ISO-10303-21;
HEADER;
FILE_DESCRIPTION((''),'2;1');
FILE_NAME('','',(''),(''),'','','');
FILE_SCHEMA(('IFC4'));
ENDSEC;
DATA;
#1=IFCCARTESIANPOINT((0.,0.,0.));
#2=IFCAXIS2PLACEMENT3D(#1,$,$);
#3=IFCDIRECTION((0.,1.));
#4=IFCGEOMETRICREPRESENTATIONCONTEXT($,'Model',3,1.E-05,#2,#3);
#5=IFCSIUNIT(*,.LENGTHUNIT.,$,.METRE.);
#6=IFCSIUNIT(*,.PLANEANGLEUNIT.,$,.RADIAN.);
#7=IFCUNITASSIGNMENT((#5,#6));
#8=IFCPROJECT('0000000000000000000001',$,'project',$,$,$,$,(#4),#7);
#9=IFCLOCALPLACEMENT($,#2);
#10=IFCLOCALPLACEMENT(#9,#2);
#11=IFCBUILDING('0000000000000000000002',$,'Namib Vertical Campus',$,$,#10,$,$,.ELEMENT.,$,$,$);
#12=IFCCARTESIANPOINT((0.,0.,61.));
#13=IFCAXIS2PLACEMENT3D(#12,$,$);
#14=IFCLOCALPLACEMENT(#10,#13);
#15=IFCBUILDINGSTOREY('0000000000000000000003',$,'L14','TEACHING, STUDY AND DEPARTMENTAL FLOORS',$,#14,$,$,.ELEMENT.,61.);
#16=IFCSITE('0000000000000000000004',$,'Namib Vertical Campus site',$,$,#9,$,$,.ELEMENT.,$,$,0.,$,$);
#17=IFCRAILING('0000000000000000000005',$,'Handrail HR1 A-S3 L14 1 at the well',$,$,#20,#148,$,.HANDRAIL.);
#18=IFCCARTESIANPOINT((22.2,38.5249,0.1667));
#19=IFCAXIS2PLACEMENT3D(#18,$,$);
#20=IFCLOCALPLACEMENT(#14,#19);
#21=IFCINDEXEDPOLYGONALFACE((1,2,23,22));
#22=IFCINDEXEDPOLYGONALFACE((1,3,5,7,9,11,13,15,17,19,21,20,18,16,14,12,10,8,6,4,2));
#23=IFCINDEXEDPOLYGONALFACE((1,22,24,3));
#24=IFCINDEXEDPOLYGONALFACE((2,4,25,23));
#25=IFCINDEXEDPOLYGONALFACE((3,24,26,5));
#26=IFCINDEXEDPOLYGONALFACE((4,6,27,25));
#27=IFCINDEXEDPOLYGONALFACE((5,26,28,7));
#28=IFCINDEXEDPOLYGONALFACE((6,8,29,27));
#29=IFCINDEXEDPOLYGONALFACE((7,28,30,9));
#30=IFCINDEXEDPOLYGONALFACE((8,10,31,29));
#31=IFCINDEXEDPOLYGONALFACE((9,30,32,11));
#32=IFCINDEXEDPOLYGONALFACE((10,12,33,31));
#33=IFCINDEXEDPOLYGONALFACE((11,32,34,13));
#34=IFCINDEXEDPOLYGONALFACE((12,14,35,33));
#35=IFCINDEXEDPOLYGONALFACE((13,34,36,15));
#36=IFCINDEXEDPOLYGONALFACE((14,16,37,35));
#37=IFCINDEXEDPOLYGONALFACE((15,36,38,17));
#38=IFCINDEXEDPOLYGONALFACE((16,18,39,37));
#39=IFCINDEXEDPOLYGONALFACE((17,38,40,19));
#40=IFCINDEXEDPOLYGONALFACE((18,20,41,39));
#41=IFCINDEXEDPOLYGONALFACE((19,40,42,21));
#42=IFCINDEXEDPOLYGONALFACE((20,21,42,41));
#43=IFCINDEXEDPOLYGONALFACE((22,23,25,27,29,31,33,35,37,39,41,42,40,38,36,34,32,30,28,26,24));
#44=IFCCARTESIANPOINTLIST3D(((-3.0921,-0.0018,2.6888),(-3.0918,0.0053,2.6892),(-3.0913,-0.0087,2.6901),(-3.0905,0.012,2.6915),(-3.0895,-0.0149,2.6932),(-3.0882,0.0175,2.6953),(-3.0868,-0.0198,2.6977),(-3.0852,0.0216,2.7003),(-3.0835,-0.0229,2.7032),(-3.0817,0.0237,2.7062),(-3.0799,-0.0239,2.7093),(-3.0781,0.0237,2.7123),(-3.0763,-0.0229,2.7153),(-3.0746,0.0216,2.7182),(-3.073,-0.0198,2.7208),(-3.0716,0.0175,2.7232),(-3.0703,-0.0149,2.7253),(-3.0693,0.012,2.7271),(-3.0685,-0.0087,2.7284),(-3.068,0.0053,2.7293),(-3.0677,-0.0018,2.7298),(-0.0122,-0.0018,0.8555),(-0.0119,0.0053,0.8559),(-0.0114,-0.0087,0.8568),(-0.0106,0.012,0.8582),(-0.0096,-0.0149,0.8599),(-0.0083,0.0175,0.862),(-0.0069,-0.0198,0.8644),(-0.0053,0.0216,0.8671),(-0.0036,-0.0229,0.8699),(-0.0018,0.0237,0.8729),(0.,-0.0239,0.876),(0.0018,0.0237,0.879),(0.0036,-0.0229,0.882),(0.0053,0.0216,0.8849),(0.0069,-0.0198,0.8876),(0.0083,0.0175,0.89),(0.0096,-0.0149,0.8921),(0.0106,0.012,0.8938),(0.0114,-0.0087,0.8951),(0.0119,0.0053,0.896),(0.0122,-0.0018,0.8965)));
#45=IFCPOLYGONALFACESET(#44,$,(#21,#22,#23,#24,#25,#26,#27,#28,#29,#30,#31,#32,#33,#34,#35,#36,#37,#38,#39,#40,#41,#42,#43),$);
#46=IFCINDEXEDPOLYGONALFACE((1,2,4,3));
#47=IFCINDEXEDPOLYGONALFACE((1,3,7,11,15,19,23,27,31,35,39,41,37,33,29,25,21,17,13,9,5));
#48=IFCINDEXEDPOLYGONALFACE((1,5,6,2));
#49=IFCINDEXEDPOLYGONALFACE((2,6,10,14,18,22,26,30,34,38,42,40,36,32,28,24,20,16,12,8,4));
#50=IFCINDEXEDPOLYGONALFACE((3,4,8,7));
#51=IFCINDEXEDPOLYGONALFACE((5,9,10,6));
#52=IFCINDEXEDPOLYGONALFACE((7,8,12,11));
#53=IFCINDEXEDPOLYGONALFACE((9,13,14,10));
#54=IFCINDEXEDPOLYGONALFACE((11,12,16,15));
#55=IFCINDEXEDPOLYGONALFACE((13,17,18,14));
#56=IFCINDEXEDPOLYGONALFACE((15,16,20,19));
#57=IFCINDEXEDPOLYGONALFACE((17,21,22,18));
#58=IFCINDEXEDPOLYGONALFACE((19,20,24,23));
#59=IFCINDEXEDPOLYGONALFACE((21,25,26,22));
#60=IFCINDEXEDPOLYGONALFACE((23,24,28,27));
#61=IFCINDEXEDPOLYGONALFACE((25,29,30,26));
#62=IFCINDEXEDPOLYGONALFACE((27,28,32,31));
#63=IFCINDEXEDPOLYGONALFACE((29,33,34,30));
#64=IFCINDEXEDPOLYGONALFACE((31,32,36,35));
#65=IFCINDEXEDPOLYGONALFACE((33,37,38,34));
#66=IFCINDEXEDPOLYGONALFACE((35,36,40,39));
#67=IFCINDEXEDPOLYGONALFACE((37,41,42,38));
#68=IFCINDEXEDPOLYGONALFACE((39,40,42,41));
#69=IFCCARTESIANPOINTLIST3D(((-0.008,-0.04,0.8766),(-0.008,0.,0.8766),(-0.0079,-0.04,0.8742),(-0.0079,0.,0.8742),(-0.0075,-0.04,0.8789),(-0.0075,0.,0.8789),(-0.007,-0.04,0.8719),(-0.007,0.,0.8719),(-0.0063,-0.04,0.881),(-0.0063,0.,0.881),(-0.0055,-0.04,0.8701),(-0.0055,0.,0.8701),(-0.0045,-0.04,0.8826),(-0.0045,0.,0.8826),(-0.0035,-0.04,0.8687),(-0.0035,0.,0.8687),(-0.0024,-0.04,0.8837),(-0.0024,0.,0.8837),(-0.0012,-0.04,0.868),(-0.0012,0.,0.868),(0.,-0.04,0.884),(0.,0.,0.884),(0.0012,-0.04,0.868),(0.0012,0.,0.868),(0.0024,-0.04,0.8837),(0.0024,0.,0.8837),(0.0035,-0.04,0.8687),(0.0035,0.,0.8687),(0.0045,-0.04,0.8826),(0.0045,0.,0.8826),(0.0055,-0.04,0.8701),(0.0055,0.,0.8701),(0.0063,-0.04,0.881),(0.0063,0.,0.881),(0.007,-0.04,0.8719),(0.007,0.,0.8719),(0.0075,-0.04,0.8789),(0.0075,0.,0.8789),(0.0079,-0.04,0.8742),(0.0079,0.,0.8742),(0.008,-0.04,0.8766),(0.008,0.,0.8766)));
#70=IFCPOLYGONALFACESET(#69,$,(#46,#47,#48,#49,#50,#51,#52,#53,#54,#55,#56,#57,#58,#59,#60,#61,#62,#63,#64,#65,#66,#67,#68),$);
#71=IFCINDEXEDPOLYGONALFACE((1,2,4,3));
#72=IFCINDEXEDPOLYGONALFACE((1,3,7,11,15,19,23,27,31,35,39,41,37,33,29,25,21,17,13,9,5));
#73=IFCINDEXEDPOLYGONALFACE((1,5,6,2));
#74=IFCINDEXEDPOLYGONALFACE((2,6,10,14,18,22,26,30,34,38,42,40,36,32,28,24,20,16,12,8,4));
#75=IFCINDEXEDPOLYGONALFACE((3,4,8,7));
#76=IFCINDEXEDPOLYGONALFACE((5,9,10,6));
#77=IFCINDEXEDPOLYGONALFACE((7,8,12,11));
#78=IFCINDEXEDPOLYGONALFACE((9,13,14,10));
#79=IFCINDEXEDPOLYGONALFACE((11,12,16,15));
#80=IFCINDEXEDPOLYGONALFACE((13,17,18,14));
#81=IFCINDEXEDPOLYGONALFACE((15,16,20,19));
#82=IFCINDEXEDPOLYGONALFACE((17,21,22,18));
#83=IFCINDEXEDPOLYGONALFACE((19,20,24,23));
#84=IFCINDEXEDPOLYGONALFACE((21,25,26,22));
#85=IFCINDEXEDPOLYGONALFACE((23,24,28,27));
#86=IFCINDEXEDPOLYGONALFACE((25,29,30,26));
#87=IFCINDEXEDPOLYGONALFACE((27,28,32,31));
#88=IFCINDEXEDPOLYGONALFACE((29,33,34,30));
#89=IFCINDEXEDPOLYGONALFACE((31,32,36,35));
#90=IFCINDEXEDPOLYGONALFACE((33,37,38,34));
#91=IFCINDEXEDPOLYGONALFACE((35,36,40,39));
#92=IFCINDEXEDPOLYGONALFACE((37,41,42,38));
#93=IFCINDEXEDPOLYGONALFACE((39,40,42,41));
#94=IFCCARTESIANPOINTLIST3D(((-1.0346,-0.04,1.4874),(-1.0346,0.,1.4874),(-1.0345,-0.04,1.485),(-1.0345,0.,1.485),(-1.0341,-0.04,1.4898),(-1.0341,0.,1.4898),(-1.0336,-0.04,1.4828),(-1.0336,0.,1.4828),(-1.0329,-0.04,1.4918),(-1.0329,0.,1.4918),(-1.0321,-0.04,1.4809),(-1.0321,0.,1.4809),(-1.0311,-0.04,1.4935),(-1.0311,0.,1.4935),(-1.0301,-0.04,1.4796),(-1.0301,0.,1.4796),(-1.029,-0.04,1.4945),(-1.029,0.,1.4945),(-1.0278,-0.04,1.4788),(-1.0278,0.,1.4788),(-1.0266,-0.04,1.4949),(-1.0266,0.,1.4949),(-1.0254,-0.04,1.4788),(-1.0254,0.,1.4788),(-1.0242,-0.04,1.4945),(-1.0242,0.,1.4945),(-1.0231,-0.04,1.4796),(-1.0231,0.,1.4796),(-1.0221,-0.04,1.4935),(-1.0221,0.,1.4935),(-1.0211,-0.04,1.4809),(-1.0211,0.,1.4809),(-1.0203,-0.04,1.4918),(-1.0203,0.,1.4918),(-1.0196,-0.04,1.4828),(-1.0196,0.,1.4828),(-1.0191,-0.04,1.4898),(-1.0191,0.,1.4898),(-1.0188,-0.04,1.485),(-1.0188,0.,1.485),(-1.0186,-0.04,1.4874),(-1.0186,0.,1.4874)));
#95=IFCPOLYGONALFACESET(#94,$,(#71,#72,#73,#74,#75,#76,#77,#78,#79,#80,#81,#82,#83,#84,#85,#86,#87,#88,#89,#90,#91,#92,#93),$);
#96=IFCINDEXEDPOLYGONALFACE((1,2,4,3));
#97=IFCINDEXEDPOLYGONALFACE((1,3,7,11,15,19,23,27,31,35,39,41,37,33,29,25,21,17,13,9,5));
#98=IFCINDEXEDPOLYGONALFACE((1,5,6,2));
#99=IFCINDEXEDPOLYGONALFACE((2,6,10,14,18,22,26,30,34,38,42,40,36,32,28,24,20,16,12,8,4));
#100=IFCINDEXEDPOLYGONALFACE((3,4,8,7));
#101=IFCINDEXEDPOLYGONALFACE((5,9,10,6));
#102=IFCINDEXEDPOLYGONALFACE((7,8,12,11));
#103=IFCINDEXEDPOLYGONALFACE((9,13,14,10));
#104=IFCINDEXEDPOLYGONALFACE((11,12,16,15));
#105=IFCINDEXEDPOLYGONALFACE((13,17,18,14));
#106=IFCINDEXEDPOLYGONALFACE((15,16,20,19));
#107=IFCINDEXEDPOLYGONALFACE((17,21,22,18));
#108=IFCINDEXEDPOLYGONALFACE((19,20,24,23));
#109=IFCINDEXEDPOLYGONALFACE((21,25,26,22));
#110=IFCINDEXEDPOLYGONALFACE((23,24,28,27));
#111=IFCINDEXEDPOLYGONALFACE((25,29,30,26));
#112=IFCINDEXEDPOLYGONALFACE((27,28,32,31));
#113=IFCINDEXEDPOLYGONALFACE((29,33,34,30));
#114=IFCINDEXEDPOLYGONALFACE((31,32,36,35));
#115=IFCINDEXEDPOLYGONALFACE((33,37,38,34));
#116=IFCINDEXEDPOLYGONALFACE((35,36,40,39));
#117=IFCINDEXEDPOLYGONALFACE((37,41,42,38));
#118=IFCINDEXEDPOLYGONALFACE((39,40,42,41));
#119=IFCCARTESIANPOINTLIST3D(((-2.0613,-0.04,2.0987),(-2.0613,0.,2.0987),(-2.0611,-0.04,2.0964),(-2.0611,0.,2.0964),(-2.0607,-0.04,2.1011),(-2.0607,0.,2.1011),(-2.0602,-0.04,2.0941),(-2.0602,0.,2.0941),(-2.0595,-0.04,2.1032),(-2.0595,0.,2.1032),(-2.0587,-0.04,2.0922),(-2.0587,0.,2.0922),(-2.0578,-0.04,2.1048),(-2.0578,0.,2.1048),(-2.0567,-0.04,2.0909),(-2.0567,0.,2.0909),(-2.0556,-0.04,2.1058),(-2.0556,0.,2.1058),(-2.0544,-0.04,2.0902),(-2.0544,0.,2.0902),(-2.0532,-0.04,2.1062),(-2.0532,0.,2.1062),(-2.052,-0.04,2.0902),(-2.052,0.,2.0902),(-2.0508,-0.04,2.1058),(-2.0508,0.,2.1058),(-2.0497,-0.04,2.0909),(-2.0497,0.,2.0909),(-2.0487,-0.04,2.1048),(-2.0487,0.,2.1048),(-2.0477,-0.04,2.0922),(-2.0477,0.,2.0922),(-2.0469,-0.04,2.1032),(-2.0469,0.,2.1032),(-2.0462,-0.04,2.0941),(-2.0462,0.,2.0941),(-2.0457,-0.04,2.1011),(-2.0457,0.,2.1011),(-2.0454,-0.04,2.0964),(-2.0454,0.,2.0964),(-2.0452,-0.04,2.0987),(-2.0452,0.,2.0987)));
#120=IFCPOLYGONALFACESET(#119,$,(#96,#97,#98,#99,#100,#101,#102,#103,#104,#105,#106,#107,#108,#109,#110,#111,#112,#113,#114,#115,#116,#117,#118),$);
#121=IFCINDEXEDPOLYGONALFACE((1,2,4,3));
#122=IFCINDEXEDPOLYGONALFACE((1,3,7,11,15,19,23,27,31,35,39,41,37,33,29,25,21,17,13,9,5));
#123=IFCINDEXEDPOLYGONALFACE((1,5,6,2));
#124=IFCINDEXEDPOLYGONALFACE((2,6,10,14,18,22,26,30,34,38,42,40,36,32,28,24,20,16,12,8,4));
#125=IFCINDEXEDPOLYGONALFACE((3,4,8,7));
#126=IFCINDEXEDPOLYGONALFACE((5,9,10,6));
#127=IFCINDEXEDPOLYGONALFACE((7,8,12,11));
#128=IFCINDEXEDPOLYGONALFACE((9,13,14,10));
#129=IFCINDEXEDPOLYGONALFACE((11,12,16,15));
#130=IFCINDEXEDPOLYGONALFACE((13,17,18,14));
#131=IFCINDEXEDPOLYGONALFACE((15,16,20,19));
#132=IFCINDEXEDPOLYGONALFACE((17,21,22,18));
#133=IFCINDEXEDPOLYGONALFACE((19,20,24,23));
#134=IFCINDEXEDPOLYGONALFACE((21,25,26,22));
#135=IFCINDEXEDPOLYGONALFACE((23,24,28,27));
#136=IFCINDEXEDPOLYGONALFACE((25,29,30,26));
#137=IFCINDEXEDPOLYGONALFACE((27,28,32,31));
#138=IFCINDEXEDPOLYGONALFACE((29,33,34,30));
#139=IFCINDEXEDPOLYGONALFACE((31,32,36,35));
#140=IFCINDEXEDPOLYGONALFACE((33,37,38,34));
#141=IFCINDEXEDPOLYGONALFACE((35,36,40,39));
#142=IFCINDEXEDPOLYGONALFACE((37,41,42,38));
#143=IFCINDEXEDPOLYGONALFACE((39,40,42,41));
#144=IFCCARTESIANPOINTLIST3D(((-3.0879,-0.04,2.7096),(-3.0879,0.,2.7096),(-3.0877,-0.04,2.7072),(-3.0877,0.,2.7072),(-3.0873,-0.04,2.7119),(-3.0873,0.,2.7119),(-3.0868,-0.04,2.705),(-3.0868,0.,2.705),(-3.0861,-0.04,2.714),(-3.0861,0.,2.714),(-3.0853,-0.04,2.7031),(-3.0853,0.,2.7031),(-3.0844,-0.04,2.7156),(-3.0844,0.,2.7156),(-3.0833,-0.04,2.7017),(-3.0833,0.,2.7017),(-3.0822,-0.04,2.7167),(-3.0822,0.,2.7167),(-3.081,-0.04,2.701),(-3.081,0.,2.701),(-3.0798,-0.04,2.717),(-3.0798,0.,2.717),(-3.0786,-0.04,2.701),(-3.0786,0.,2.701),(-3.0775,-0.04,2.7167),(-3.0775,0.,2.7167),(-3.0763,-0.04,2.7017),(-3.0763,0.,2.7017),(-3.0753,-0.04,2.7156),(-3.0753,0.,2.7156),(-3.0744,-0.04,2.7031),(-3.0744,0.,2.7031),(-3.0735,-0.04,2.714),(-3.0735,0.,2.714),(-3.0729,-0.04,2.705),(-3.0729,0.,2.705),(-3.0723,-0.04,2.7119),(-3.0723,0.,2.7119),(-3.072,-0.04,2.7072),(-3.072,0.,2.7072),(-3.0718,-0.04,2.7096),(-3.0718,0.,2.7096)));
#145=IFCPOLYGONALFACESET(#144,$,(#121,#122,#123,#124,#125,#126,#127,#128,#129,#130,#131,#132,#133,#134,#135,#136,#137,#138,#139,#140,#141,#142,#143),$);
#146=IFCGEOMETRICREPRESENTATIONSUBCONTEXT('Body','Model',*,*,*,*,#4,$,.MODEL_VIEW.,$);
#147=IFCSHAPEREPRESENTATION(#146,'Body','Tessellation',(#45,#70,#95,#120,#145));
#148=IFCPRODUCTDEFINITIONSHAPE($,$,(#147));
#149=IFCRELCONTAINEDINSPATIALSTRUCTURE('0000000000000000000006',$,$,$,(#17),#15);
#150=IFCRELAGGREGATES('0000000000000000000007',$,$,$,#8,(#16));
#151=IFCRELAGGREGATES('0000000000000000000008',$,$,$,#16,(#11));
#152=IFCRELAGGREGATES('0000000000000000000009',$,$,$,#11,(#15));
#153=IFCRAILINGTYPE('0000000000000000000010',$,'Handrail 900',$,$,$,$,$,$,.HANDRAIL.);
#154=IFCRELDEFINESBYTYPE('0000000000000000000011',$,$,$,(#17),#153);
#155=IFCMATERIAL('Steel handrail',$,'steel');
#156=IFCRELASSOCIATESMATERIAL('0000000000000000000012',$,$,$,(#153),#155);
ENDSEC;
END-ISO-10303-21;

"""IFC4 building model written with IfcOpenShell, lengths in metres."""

from ifc_helpers import new_model, si_unit, direction, frame, origin, origin_2d, place, context, subcontext, project, spatial, circle, extrude, material, type_object, element, save


model = new_model("IFC4")

# Units and contexts
model_context = context("Model", 3, precision=1e-05, world=origin(), true_north=direction((0.0, 1.0)))
body_context = subcontext(model_context, "Body", "Model", "MODEL_VIEW")
ifc_project = project(units=[si_unit("LENGTHUNIT", "METRE"), si_unit("PLANEANGLEUNIT", "RADIAN")], contexts=[model_context])

# Site, building, storey
site_placement = place(None, origin())
site = spatial("IfcSite", under=ifc_project, at=site_placement, Name="Namib Vertical Campus site", CompositionType="ELEMENT", RefElevation=0.0)
building_placement = place(site_placement, origin())
building = spatial("IfcBuilding", under=site, at=building_placement, Name="Namib Vertical Campus", CompositionType="ELEMENT")
storey_placement = place(building_placement, frame((0.0, 0.0, 61.0)))
storey = spatial("IfcBuildingStorey", under=building, at=storey_placement, Name="L14", Description="TEACHING, STUDY AND DEPARTMENTAL FLOORS", CompositionType="ELEMENT", Elevation=61.0)

# Railing
ifc_material_1 = material(Name="Steel handrail", Category="steel")
railing_type_1 = type_object("IfcRailingType", Name="Handrail 900", PredefinedType="HANDRAIL", material=ifc_material_1)
railing_1_placement = place(storey_placement, frame((22.2, 38.5249, 0.1667)))
element("IfcRailing", 1, at=railing_1_placement, inside=storey, type_object=railing_type_1, Name="Handrail HR1 A-S3 L14 1 at the well", PredefinedType="HANDRAIL", context=body_context, shape_type="SweptSolid", body=[
    extrude(circle(Radius=0.0239, at=origin_2d()), frame((0.0, 0.0, 0.876), z_axis=(-0.859291, 0.0, 0.511487), x_axis=(0.0, -1.0, 0.0)), (0.0, 0.0, 1.0), 3.5842),
    extrude(circle(Radius=0.0081, at=origin_2d()), frame((0.0, 0.0, 0.876), z_axis=(0.0, -1.0, 0.0), x_axis=(0.0, 0.0, 1.0)), (0.0, 0.0, 1.0), 0.04),
    extrude(circle(Radius=0.0081, at=origin_2d()), frame((-1.0266, 0.0, 1.4868), z_axis=(0.0, -1.0, 0.0), x_axis=(0.0, 0.0, 1.0)), (0.0, 0.0, 1.0), 0.04),
    extrude(circle(Radius=0.0081, at=origin_2d()), frame((-2.0532, 0.0, 2.0981), z_axis=(0.0, -1.0, 0.0), x_axis=(0.0, 0.0, 1.0)), (0.0, 0.0, 1.0), 0.04),
    extrude(circle(Radius=0.0081, at=origin_2d()), frame((-3.0798, 0.0, 2.709), z_axis=(0.0, -1.0, 0.0), x_axis=(0.0, 0.0, 1.0)), (0.0, 0.0, 1.0), 0.04),
])

save(model, "model.ifc")
